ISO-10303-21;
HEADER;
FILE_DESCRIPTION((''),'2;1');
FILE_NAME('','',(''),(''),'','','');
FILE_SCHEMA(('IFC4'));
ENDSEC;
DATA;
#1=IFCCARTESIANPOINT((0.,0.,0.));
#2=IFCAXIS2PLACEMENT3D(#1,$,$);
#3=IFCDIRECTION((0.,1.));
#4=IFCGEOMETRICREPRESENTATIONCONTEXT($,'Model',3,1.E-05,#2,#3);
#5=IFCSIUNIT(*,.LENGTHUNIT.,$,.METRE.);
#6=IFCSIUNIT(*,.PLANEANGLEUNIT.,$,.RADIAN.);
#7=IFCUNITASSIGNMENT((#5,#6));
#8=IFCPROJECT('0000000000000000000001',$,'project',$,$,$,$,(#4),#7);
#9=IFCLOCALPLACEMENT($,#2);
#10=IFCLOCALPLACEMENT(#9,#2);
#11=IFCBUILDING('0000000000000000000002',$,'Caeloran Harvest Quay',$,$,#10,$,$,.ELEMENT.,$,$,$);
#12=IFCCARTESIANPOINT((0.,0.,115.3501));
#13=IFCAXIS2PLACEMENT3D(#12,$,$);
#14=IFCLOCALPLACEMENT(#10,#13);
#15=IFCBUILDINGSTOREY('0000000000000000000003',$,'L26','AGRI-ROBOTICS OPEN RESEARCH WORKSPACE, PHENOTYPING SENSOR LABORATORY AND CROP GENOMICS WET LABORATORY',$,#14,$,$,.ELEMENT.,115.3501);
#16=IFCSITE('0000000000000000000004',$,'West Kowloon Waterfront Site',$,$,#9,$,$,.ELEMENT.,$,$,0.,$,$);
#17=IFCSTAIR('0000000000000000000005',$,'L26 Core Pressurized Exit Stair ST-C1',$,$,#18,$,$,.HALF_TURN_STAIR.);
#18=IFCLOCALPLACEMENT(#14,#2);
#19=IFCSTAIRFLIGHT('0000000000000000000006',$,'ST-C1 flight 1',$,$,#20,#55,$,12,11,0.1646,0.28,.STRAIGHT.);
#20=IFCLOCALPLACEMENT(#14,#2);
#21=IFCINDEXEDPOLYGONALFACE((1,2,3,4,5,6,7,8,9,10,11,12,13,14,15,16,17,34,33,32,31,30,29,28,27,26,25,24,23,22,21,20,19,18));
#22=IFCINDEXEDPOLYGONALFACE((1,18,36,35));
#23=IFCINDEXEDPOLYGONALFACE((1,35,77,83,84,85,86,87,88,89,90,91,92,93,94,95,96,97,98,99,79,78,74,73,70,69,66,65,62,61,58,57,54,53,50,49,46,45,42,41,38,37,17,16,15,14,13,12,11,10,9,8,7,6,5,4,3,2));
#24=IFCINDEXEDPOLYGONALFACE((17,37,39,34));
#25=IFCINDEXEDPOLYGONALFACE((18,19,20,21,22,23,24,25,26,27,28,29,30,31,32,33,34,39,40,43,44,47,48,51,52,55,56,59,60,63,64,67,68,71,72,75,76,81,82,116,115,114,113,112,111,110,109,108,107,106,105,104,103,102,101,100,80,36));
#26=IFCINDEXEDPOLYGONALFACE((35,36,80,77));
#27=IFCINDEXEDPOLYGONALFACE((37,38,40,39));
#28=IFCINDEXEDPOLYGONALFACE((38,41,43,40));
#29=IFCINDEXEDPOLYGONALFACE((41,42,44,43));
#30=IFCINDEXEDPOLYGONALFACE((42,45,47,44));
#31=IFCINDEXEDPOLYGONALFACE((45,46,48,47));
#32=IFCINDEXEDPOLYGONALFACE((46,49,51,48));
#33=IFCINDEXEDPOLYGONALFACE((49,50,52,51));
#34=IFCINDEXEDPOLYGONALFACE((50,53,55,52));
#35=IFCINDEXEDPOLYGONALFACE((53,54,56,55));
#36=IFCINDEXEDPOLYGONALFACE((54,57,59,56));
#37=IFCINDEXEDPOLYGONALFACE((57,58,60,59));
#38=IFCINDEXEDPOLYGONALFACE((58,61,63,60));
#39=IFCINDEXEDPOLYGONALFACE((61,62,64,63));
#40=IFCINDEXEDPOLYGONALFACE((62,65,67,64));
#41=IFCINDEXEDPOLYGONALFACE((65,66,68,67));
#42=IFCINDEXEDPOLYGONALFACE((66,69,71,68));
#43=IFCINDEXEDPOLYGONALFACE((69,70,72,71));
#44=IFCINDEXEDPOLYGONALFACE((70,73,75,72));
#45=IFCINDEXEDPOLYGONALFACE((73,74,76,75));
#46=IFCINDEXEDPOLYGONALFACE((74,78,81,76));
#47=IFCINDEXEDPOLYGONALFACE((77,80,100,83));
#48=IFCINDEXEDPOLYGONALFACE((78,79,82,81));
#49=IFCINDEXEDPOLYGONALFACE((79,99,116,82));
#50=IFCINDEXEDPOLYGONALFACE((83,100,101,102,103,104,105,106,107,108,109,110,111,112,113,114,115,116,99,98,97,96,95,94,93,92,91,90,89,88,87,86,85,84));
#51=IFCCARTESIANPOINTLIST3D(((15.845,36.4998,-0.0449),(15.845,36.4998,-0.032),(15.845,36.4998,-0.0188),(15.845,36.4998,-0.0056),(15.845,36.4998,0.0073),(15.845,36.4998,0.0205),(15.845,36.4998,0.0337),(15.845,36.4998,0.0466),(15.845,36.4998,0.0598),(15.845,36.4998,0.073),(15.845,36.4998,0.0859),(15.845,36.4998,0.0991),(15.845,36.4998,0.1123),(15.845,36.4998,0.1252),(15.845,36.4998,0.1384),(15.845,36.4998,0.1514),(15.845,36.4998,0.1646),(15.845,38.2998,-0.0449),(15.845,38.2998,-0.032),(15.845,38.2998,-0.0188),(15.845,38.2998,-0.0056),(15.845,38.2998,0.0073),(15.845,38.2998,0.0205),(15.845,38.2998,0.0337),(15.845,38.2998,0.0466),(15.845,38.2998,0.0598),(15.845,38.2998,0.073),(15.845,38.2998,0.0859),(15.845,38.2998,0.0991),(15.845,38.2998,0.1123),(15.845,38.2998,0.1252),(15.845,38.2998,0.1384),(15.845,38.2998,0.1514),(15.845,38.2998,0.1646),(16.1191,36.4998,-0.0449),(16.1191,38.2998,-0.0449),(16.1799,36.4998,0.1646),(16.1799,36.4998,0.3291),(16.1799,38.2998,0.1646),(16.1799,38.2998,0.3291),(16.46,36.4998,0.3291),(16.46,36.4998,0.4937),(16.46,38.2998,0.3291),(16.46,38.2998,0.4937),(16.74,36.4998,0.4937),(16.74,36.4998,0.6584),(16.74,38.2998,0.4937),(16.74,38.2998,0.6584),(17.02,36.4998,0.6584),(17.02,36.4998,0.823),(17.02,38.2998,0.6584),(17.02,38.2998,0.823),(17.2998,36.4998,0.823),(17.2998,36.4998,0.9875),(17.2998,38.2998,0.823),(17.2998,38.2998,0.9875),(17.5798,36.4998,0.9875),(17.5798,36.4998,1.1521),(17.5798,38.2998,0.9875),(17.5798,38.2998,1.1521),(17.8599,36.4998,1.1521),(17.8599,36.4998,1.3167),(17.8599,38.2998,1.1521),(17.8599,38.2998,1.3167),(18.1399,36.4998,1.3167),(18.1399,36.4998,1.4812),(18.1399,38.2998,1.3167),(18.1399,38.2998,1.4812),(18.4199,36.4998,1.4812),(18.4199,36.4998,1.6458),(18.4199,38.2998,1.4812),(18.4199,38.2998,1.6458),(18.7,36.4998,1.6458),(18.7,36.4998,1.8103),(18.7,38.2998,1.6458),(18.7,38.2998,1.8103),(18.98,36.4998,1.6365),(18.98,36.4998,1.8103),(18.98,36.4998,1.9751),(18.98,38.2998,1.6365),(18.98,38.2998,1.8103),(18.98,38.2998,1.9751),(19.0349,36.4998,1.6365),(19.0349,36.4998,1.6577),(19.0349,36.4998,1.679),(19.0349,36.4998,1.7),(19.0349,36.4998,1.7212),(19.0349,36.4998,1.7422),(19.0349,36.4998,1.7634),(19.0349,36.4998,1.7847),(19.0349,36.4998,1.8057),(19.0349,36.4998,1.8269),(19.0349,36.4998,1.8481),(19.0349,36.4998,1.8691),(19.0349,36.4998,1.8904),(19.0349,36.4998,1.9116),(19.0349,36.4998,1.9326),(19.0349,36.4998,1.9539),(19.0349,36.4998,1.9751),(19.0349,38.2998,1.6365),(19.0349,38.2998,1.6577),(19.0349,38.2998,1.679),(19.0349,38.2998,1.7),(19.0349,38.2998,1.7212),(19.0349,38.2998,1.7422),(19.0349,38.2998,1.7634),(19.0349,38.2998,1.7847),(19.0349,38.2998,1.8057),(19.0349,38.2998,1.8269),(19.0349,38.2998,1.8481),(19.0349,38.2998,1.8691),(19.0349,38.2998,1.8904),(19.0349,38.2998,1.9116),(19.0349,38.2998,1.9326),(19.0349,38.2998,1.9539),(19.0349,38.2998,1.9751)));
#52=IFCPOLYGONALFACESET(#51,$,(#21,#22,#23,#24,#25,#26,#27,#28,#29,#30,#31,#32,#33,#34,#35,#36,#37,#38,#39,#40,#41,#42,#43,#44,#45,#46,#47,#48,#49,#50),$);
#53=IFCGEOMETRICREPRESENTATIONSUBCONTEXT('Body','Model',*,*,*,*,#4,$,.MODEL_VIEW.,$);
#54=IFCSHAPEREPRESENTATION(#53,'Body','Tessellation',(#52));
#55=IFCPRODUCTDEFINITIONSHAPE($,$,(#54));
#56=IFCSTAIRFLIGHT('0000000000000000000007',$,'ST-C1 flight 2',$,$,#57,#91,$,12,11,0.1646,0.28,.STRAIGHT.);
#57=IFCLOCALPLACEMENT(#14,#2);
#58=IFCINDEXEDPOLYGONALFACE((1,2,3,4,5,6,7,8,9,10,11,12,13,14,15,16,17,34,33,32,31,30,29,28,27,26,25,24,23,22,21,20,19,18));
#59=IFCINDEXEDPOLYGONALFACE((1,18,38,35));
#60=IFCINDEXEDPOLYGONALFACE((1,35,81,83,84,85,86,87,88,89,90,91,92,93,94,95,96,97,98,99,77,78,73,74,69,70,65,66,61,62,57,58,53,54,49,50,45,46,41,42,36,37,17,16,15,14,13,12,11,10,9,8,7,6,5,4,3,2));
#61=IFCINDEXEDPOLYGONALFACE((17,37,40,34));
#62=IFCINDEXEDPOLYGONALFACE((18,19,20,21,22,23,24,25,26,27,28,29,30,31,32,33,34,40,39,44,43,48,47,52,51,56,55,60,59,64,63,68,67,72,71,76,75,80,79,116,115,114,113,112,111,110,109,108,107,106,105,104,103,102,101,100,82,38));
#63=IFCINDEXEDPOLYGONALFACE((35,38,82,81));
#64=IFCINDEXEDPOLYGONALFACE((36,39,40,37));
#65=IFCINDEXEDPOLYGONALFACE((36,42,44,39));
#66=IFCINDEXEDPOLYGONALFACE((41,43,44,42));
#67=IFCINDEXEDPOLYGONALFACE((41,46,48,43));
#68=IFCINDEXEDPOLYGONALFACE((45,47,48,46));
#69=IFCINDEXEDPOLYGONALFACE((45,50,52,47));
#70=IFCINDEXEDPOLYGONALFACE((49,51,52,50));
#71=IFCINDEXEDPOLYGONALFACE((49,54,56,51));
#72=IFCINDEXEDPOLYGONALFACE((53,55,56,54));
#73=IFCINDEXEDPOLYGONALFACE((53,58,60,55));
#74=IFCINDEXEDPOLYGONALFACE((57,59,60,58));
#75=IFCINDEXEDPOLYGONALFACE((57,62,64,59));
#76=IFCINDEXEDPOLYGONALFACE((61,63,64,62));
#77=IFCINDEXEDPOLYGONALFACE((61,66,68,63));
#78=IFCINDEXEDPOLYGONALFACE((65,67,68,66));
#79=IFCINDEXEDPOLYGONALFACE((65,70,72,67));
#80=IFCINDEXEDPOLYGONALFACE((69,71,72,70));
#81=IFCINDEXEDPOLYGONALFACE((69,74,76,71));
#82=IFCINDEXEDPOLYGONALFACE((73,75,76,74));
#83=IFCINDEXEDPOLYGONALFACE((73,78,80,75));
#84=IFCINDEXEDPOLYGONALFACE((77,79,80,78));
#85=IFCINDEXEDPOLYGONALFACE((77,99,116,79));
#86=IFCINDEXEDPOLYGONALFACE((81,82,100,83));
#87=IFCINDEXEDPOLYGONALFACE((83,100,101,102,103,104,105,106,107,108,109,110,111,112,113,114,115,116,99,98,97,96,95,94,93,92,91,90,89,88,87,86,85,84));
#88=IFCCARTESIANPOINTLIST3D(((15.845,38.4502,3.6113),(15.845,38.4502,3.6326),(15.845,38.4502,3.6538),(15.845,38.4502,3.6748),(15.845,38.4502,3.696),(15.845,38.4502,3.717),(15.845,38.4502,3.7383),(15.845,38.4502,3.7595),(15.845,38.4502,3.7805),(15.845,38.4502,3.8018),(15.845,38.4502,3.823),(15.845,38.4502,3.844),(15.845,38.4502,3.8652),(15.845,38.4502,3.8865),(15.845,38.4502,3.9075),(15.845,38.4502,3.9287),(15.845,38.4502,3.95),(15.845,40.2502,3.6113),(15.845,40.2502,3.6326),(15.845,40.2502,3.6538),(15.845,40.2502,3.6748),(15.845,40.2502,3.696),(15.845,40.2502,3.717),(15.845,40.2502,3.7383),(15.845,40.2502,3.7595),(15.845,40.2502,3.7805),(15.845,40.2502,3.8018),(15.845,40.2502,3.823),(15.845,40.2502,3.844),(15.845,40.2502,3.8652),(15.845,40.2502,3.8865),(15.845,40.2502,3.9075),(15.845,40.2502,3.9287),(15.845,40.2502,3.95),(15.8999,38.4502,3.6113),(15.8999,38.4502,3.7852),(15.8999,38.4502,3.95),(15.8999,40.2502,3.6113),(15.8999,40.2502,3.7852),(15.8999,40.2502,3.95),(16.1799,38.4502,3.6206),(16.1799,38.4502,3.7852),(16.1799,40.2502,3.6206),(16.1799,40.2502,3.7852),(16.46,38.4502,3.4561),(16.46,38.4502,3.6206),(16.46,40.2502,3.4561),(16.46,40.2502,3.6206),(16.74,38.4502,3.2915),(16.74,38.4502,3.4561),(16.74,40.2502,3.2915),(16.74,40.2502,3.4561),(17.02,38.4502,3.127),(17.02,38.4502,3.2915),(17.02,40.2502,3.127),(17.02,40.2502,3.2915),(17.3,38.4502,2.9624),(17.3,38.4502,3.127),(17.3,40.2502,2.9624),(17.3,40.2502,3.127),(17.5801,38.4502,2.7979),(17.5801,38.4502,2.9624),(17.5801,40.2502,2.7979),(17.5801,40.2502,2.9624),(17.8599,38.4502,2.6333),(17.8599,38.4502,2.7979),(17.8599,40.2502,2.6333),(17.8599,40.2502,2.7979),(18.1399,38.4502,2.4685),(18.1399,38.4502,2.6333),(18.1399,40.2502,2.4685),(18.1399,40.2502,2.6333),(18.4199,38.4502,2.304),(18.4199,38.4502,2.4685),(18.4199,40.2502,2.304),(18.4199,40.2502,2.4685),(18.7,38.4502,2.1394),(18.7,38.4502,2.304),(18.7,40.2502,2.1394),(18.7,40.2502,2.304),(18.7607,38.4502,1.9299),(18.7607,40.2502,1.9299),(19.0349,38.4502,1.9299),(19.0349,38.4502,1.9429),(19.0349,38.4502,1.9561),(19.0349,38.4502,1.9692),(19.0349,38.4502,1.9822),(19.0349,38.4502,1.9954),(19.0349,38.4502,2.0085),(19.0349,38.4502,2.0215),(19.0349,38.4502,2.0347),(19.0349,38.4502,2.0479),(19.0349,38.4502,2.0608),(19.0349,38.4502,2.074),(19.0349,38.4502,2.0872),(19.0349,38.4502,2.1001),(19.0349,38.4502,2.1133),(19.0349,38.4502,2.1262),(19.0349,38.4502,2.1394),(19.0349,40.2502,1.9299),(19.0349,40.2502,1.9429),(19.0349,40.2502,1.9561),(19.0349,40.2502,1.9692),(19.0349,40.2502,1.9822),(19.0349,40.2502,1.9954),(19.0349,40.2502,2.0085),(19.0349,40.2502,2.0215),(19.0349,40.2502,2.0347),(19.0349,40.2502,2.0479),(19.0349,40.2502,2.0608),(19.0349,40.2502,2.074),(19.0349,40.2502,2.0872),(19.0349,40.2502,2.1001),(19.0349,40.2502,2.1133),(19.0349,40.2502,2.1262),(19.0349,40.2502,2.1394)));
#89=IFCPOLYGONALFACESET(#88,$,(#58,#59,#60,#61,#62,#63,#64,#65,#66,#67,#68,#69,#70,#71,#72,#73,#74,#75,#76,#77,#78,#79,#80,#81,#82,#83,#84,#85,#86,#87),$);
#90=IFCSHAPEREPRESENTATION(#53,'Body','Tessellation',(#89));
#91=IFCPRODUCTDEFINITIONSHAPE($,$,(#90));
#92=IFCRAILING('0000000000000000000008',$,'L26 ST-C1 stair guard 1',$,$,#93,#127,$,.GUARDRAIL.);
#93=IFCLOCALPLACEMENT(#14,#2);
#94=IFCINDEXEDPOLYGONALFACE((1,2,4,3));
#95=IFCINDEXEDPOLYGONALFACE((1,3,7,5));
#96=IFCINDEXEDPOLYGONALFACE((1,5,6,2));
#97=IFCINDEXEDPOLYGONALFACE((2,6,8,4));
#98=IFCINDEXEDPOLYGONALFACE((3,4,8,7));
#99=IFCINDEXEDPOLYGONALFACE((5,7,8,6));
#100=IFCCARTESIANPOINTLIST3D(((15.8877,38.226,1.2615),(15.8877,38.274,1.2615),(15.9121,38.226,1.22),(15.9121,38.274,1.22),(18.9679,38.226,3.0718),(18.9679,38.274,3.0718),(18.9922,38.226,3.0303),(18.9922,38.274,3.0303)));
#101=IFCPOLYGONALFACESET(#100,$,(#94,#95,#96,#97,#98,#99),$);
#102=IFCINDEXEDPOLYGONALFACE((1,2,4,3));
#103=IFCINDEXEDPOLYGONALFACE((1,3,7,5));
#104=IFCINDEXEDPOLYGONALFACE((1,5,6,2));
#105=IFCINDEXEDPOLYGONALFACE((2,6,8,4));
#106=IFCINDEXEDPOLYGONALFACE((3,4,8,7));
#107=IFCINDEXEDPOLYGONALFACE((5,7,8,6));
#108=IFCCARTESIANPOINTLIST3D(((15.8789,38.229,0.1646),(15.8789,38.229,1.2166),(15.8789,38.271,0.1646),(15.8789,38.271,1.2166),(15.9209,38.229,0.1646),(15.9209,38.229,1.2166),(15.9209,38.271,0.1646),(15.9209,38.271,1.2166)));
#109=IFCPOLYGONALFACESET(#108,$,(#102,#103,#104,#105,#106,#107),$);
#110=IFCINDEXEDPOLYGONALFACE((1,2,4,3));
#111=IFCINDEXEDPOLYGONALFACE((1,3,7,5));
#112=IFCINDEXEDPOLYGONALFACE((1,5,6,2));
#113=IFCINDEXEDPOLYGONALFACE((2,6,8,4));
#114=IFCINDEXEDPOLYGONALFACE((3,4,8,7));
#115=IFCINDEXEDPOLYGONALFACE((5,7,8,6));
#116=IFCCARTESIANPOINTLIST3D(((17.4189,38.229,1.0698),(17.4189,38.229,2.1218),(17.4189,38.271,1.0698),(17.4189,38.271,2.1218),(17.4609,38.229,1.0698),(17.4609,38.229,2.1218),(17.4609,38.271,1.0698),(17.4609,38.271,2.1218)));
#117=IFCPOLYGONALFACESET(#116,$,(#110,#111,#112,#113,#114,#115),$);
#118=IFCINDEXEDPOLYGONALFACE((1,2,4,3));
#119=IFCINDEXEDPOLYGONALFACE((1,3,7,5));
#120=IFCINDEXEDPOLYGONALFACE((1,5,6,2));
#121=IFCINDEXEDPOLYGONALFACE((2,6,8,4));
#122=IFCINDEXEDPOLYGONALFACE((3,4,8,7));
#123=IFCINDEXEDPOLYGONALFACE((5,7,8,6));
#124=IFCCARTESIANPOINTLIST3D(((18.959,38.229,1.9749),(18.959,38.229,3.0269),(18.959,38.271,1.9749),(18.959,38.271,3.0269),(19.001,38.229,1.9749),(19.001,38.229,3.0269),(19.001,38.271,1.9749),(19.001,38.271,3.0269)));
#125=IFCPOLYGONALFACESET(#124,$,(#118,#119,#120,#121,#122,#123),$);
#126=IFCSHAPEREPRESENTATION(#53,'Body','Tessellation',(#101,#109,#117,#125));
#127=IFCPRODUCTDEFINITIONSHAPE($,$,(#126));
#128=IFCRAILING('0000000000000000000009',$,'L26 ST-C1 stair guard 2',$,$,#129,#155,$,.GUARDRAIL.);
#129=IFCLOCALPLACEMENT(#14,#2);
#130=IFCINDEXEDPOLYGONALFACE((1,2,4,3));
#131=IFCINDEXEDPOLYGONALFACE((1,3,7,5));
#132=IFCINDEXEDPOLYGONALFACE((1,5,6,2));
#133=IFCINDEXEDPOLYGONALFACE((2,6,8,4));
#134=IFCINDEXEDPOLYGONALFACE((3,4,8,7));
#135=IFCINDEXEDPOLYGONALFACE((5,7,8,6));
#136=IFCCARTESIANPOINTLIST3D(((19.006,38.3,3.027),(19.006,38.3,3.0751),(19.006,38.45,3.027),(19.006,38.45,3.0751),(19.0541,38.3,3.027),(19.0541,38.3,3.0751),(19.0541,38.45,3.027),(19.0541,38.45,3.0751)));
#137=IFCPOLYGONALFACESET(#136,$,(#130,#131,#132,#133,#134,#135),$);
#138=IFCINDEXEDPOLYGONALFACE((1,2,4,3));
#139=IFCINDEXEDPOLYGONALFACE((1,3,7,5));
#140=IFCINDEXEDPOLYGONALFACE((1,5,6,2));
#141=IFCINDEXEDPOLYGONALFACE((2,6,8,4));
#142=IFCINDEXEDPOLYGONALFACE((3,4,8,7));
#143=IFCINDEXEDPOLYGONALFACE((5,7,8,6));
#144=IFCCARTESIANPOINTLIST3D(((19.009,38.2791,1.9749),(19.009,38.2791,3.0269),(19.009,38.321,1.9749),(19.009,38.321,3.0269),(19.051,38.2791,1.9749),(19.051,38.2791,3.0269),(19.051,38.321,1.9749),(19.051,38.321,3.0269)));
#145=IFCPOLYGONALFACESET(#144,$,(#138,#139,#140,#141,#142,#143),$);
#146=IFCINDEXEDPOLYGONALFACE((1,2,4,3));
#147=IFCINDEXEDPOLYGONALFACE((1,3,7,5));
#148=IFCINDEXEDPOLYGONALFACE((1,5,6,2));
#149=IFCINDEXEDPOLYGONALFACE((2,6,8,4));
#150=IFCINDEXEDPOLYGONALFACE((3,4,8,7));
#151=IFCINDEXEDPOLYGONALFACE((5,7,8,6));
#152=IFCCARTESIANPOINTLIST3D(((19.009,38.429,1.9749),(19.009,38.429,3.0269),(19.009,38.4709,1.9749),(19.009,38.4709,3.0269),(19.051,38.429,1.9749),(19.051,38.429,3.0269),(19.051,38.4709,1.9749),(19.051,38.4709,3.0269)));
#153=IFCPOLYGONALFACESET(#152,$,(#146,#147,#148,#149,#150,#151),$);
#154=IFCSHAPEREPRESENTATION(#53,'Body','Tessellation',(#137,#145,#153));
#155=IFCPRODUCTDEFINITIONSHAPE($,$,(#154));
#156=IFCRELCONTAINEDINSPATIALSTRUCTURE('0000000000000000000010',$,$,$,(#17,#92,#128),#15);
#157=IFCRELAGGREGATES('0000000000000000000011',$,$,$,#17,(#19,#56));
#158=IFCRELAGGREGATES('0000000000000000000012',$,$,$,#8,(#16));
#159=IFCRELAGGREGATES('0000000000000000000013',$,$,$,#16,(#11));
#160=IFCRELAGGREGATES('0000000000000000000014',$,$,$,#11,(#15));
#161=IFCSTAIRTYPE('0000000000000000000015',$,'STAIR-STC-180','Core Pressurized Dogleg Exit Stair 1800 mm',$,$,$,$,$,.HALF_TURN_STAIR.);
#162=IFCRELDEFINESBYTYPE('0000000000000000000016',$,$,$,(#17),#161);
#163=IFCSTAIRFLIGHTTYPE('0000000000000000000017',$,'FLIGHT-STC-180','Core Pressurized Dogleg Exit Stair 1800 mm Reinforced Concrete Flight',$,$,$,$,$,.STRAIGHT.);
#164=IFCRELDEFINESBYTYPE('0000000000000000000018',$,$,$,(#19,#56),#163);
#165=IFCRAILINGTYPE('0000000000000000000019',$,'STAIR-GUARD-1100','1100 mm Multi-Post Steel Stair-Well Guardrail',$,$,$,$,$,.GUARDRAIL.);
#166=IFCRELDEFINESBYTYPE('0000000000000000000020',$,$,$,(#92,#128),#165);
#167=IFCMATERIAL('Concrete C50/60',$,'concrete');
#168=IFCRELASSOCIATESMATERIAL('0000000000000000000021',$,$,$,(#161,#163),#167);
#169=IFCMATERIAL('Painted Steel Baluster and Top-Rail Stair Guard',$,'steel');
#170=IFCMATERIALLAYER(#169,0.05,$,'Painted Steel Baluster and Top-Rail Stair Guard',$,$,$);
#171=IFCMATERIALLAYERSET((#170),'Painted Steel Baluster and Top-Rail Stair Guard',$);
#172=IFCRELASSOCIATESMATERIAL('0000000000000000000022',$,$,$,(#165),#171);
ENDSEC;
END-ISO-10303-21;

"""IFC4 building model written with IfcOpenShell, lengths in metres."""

from ifc_helpers import new_model, si_unit, direction, frame, origin, origin_2d, place, context, subcontext, project, spatial, polyline, rectangle, outline, extrude, material, layer, layer_set, type_object, element, aggregate, save


model = new_model("IFC4")

# Units and contexts
model_context = context("Model", 3, precision=1e-05, world=origin(), true_north=direction((0.0, 1.0)))
body_context = subcontext(model_context, "Body", "Model", "MODEL_VIEW")
ifc_project = project(units=[si_unit("LENGTHUNIT", "METRE"), si_unit("PLANEANGLEUNIT", "RADIAN")], contexts=[model_context])

# Site, building, storey
site_placement = place(None, origin())
site = spatial("IfcSite", under=ifc_project, at=site_placement, Name="West Kowloon Waterfront Site", CompositionType="ELEMENT", RefElevation=0.0)
building_placement = place(site_placement, origin())
building = spatial("IfcBuilding", under=site, at=building_placement, Name="Caeloran Harvest Quay", CompositionType="ELEMENT")
storey_placement = place(building_placement, frame((0.0, 0.0, 115.3501)))
storey = spatial("IfcBuildingStorey", under=building, at=storey_placement, Name="L26", Description="AGRI-ROBOTICS OPEN RESEARCH WORKSPACE, PHENOTYPING SENSOR LABORATORY AND CROP GENOMICS WET LABORATORY", CompositionType="ELEMENT", Elevation=115.3501)

# Shared definitions
ifc_material_1 = material(Name="Concrete C50/60", Category="concrete")

# Stair, stair flights
stair_type = type_object("IfcStairType", Name="STAIR-STC-180", Description="Core Pressurized Dogleg Exit Stair 1800 mm", PredefinedType="HALF_TURN_STAIR", material=ifc_material_1)
stair_placement = place(storey_placement, origin())
stair = element("IfcStair", 1, at=stair_placement, inside=storey, type_object=stair_type, Name="L26 Core Pressurized Exit Stair ST-C1", PredefinedType="HALF_TURN_STAIR")
stair_flight_type = type_object("IfcStairFlightType", Name="FLIGHT-STC-180", Description="Core Pressurized Dogleg Exit Stair 1800 mm Reinforced Concrete Flight", PredefinedType="STRAIGHT", material=ifc_material_1)
stair_flight_1_placement = place(storey_placement, frame((15.8999, 37.3999, 0.0), z_axis=(0.0, 0.0, 1.0), x_axis=(1.0, 0.0, 0.0)))
stair_flight_1 = element("IfcStairFlight", 2, at=stair_flight_1_placement, type_object=stair_flight_type, Name="ST-C1 flight 1", NumberOfRisers=12, NumberOfTreads=11, PredefinedType="STRAIGHT", RiserHeight=0.1646, TreadLength=0.28, context=body_context, shape_type="SweptSolid", body=[
    extrude(outline(polyline([(-0.0549, -0.0449), (-0.0549, -0.032), (-0.0549, -0.0188), (-0.0549, -0.0056), (-0.0549, 0.0073), (-0.0549, 0.0205), (-0.0549, 0.0337), (-0.0549, 0.0466), (-0.0549, 0.0598), (-0.0549, 0.073), (-0.0549, 0.0859), (-0.0549, 0.0991), (-0.0549, 0.1123), (-0.0549, 0.1252), (-0.0549, 0.1384), (-0.0549, 0.1514), (-0.0549, 0.1646), (0.28, 0.1646), (0.28, 0.3291), (0.5601, 0.3291), (0.5601, 0.4937), (0.8401, 0.4937), (0.8401, 0.6584), (1.1201, 0.6584), (1.1201, 0.823), (1.3999, 0.823), (1.3999, 0.9875), (1.6799, 0.9875), (1.6799, 1.1521), (1.96, 1.1521), (1.96, 1.3167), (2.24, 1.3167), (2.24, 1.4812), (2.52, 1.4812), (2.52, 1.6458), (2.8, 1.6458), (2.8, 1.8103), (3.0801, 1.8103), (3.0801, 1.9751), (3.135, 1.9751), (3.135, 1.9539), (3.135, 1.9326), (3.135, 1.9116), (3.135, 1.8904), (3.135, 1.8691), (3.135, 1.8481), (3.135, 1.8269), (3.135, 1.8057), (3.135, 1.7847), (3.135, 1.7634), (3.135, 1.7422), (3.135, 1.7212), (3.135, 1.7), (3.135, 1.679), (3.135, 1.6577), (3.135, 1.6365), (3.0801, 1.6365), (0.2192, -0.0449), (-0.0549, -0.0449)])), frame((0.0, 0.8999, 0.0), z_axis=(0.0, -1.0, 0.0), x_axis=(1.0, 0.0, 0.0)), (0.0, 0.0, 1.0), 1.8),
])
stair_flight_2_placement = place(storey_placement, frame((18.98, 39.3501, 1.9749), z_axis=(0.0, 0.0, 1.0), x_axis=(-1.0, 0.0, 0.0)))
stair_flight_2 = element("IfcStairFlight", 3, at=stair_flight_2_placement, type_object=stair_flight_type, Name="ST-C1 flight 2", NumberOfRisers=12, NumberOfTreads=11, PredefinedType="STRAIGHT", RiserHeight=0.1646, TreadLength=0.28, context=body_context, shape_type="SweptSolid", body=[
    extrude(outline(polyline([(-0.0549, -0.0449), (-0.0549, -0.032), (-0.0549, -0.0188), (-0.0549, -0.0056), (-0.0549, 0.0073), (-0.0549, 0.0205), (-0.0549, 0.0337), (-0.0549, 0.0466), (-0.0549, 0.0598), (-0.0549, 0.073), (-0.0549, 0.0859), (-0.0549, 0.0991), (-0.0549, 0.1123), (-0.0549, 0.1252), (-0.0549, 0.1384), (-0.0549, 0.1514), (-0.0549, 0.1646), (0.28, 0.1646), (0.28, 0.3291), (0.5601, 0.3291), (0.5601, 0.4937), (0.8401, 0.4937), (0.8401, 0.6584), (1.1201, 0.6584), (1.1201, 0.823), (1.3999, 0.823), (1.3999, 0.9875), (1.6799, 0.9875), (1.6799, 1.1521), (1.96, 1.1521), (1.96, 1.3167), (2.24, 1.3167), (2.24, 1.4812), (2.52, 1.4812), (2.52, 1.6458), (2.8, 1.6458), (2.8, 1.8103), (3.0801, 1.8103), (3.0801, 1.9751), (3.135, 1.9751), (3.135, 1.9539), (3.135, 1.9326), (3.135, 1.9116), (3.135, 1.8904), (3.135, 1.8691), (3.135, 1.8481), (3.135, 1.8269), (3.135, 1.8057), (3.135, 1.7847), (3.135, 1.7634), (3.135, 1.7422), (3.135, 1.7212), (3.135, 1.7), (3.135, 1.679), (3.135, 1.6577), (3.135, 1.6365), (3.0801, 1.6365), (0.2192, -0.0449), (-0.0549, -0.0449)])), frame((0.0, 0.8999, 0.0), z_axis=(0.0, -1.0, 0.0), x_axis=(1.0, 0.0, 0.0)), (0.0, 0.0, 1.0), 1.8),
])
aggregate(stair, [stair_flight_1, stair_flight_2])

# Railings
ifc_material_2 = material(Name="Painted Steel Baluster and Top-Rail Stair Guard", Category="steel")
ifc_layer_1 = layer(ifc_material_2, 0.05, Name="Painted Steel Baluster and Top-Rail Stair Guard")
ifc_layer_set_1 = layer_set([ifc_layer_1], Name="Painted Steel Baluster and Top-Rail Stair Guard")
railing_type_1 = type_object("IfcRailingType", Name="STAIR-GUARD-1100", Description="1100 mm Multi-Post Steel Stair-Well Guardrail", PredefinedType="GUARDRAIL", material=ifc_layer_set_1)
railing_1_placement = place(storey_placement, frame((15.8999, 38.25, 0.1646)))
element("IfcRailing", 4, at=railing_1_placement, inside=storey, type_object=railing_type_1, Name="L26 ST-C1 stair guard 1", PredefinedType="GUARDRAIL", context=body_context, shape_type="SweptSolid", body=[
    extrude(rectangle(XDim=0.0481, YDim=0.0481, at=origin_2d()), frame((0.0, 0.0, 1.0762), z_axis=(0.862119, 0.0, 0.506707), x_axis=(0.0, 1.0, 0.0)), (0.0, 0.0, 1.0), 3.5728),
    extrude(rectangle(XDim=0.042, YDim=0.042, at=origin_2d()), origin(), (0.0, 0.0, 1.0), 1.052),
    extrude(rectangle(XDim=0.042, YDim=0.042, at=origin_2d()), frame((1.54, 0.0, 0.9053)), (0.0, 0.0, 1.0), 1.052),
    extrude(rectangle(XDim=0.042, YDim=0.042, at=origin_2d()), frame((3.0801, 0.0, 1.8103)), (0.0, 0.0, 1.0), 1.052),
])
railing_2_placement = place(storey_placement, frame((19.03, 38.3, 1.9749)))
element("IfcRailing", 5, at=railing_2_placement, inside=storey, type_object=railing_type_1, Name="L26 ST-C1 stair guard 2", PredefinedType="GUARDRAIL", context=body_context, shape_type="SweptSolid", body=[
    extrude(rectangle(XDim=0.0481, YDim=0.0481, at=origin_2d()), frame((0.0, 0.0, 1.0762), z_axis=(0.0, 1.0, 0.0), x_axis=(-1.0, 0.0, 0.0)), (0.0, 0.0, 1.0), 0.1499),
    extrude(rectangle(XDim=0.042, YDim=0.042, at=origin_2d()), origin(), (0.0, 0.0, 1.0), 1.052),
    extrude(rectangle(XDim=0.042, YDim=0.042, at=origin_2d()), frame((0.0, 0.1499, 0.0)), (0.0, 0.0, 1.0), 1.052),
])

save(model, "model.ifc")
